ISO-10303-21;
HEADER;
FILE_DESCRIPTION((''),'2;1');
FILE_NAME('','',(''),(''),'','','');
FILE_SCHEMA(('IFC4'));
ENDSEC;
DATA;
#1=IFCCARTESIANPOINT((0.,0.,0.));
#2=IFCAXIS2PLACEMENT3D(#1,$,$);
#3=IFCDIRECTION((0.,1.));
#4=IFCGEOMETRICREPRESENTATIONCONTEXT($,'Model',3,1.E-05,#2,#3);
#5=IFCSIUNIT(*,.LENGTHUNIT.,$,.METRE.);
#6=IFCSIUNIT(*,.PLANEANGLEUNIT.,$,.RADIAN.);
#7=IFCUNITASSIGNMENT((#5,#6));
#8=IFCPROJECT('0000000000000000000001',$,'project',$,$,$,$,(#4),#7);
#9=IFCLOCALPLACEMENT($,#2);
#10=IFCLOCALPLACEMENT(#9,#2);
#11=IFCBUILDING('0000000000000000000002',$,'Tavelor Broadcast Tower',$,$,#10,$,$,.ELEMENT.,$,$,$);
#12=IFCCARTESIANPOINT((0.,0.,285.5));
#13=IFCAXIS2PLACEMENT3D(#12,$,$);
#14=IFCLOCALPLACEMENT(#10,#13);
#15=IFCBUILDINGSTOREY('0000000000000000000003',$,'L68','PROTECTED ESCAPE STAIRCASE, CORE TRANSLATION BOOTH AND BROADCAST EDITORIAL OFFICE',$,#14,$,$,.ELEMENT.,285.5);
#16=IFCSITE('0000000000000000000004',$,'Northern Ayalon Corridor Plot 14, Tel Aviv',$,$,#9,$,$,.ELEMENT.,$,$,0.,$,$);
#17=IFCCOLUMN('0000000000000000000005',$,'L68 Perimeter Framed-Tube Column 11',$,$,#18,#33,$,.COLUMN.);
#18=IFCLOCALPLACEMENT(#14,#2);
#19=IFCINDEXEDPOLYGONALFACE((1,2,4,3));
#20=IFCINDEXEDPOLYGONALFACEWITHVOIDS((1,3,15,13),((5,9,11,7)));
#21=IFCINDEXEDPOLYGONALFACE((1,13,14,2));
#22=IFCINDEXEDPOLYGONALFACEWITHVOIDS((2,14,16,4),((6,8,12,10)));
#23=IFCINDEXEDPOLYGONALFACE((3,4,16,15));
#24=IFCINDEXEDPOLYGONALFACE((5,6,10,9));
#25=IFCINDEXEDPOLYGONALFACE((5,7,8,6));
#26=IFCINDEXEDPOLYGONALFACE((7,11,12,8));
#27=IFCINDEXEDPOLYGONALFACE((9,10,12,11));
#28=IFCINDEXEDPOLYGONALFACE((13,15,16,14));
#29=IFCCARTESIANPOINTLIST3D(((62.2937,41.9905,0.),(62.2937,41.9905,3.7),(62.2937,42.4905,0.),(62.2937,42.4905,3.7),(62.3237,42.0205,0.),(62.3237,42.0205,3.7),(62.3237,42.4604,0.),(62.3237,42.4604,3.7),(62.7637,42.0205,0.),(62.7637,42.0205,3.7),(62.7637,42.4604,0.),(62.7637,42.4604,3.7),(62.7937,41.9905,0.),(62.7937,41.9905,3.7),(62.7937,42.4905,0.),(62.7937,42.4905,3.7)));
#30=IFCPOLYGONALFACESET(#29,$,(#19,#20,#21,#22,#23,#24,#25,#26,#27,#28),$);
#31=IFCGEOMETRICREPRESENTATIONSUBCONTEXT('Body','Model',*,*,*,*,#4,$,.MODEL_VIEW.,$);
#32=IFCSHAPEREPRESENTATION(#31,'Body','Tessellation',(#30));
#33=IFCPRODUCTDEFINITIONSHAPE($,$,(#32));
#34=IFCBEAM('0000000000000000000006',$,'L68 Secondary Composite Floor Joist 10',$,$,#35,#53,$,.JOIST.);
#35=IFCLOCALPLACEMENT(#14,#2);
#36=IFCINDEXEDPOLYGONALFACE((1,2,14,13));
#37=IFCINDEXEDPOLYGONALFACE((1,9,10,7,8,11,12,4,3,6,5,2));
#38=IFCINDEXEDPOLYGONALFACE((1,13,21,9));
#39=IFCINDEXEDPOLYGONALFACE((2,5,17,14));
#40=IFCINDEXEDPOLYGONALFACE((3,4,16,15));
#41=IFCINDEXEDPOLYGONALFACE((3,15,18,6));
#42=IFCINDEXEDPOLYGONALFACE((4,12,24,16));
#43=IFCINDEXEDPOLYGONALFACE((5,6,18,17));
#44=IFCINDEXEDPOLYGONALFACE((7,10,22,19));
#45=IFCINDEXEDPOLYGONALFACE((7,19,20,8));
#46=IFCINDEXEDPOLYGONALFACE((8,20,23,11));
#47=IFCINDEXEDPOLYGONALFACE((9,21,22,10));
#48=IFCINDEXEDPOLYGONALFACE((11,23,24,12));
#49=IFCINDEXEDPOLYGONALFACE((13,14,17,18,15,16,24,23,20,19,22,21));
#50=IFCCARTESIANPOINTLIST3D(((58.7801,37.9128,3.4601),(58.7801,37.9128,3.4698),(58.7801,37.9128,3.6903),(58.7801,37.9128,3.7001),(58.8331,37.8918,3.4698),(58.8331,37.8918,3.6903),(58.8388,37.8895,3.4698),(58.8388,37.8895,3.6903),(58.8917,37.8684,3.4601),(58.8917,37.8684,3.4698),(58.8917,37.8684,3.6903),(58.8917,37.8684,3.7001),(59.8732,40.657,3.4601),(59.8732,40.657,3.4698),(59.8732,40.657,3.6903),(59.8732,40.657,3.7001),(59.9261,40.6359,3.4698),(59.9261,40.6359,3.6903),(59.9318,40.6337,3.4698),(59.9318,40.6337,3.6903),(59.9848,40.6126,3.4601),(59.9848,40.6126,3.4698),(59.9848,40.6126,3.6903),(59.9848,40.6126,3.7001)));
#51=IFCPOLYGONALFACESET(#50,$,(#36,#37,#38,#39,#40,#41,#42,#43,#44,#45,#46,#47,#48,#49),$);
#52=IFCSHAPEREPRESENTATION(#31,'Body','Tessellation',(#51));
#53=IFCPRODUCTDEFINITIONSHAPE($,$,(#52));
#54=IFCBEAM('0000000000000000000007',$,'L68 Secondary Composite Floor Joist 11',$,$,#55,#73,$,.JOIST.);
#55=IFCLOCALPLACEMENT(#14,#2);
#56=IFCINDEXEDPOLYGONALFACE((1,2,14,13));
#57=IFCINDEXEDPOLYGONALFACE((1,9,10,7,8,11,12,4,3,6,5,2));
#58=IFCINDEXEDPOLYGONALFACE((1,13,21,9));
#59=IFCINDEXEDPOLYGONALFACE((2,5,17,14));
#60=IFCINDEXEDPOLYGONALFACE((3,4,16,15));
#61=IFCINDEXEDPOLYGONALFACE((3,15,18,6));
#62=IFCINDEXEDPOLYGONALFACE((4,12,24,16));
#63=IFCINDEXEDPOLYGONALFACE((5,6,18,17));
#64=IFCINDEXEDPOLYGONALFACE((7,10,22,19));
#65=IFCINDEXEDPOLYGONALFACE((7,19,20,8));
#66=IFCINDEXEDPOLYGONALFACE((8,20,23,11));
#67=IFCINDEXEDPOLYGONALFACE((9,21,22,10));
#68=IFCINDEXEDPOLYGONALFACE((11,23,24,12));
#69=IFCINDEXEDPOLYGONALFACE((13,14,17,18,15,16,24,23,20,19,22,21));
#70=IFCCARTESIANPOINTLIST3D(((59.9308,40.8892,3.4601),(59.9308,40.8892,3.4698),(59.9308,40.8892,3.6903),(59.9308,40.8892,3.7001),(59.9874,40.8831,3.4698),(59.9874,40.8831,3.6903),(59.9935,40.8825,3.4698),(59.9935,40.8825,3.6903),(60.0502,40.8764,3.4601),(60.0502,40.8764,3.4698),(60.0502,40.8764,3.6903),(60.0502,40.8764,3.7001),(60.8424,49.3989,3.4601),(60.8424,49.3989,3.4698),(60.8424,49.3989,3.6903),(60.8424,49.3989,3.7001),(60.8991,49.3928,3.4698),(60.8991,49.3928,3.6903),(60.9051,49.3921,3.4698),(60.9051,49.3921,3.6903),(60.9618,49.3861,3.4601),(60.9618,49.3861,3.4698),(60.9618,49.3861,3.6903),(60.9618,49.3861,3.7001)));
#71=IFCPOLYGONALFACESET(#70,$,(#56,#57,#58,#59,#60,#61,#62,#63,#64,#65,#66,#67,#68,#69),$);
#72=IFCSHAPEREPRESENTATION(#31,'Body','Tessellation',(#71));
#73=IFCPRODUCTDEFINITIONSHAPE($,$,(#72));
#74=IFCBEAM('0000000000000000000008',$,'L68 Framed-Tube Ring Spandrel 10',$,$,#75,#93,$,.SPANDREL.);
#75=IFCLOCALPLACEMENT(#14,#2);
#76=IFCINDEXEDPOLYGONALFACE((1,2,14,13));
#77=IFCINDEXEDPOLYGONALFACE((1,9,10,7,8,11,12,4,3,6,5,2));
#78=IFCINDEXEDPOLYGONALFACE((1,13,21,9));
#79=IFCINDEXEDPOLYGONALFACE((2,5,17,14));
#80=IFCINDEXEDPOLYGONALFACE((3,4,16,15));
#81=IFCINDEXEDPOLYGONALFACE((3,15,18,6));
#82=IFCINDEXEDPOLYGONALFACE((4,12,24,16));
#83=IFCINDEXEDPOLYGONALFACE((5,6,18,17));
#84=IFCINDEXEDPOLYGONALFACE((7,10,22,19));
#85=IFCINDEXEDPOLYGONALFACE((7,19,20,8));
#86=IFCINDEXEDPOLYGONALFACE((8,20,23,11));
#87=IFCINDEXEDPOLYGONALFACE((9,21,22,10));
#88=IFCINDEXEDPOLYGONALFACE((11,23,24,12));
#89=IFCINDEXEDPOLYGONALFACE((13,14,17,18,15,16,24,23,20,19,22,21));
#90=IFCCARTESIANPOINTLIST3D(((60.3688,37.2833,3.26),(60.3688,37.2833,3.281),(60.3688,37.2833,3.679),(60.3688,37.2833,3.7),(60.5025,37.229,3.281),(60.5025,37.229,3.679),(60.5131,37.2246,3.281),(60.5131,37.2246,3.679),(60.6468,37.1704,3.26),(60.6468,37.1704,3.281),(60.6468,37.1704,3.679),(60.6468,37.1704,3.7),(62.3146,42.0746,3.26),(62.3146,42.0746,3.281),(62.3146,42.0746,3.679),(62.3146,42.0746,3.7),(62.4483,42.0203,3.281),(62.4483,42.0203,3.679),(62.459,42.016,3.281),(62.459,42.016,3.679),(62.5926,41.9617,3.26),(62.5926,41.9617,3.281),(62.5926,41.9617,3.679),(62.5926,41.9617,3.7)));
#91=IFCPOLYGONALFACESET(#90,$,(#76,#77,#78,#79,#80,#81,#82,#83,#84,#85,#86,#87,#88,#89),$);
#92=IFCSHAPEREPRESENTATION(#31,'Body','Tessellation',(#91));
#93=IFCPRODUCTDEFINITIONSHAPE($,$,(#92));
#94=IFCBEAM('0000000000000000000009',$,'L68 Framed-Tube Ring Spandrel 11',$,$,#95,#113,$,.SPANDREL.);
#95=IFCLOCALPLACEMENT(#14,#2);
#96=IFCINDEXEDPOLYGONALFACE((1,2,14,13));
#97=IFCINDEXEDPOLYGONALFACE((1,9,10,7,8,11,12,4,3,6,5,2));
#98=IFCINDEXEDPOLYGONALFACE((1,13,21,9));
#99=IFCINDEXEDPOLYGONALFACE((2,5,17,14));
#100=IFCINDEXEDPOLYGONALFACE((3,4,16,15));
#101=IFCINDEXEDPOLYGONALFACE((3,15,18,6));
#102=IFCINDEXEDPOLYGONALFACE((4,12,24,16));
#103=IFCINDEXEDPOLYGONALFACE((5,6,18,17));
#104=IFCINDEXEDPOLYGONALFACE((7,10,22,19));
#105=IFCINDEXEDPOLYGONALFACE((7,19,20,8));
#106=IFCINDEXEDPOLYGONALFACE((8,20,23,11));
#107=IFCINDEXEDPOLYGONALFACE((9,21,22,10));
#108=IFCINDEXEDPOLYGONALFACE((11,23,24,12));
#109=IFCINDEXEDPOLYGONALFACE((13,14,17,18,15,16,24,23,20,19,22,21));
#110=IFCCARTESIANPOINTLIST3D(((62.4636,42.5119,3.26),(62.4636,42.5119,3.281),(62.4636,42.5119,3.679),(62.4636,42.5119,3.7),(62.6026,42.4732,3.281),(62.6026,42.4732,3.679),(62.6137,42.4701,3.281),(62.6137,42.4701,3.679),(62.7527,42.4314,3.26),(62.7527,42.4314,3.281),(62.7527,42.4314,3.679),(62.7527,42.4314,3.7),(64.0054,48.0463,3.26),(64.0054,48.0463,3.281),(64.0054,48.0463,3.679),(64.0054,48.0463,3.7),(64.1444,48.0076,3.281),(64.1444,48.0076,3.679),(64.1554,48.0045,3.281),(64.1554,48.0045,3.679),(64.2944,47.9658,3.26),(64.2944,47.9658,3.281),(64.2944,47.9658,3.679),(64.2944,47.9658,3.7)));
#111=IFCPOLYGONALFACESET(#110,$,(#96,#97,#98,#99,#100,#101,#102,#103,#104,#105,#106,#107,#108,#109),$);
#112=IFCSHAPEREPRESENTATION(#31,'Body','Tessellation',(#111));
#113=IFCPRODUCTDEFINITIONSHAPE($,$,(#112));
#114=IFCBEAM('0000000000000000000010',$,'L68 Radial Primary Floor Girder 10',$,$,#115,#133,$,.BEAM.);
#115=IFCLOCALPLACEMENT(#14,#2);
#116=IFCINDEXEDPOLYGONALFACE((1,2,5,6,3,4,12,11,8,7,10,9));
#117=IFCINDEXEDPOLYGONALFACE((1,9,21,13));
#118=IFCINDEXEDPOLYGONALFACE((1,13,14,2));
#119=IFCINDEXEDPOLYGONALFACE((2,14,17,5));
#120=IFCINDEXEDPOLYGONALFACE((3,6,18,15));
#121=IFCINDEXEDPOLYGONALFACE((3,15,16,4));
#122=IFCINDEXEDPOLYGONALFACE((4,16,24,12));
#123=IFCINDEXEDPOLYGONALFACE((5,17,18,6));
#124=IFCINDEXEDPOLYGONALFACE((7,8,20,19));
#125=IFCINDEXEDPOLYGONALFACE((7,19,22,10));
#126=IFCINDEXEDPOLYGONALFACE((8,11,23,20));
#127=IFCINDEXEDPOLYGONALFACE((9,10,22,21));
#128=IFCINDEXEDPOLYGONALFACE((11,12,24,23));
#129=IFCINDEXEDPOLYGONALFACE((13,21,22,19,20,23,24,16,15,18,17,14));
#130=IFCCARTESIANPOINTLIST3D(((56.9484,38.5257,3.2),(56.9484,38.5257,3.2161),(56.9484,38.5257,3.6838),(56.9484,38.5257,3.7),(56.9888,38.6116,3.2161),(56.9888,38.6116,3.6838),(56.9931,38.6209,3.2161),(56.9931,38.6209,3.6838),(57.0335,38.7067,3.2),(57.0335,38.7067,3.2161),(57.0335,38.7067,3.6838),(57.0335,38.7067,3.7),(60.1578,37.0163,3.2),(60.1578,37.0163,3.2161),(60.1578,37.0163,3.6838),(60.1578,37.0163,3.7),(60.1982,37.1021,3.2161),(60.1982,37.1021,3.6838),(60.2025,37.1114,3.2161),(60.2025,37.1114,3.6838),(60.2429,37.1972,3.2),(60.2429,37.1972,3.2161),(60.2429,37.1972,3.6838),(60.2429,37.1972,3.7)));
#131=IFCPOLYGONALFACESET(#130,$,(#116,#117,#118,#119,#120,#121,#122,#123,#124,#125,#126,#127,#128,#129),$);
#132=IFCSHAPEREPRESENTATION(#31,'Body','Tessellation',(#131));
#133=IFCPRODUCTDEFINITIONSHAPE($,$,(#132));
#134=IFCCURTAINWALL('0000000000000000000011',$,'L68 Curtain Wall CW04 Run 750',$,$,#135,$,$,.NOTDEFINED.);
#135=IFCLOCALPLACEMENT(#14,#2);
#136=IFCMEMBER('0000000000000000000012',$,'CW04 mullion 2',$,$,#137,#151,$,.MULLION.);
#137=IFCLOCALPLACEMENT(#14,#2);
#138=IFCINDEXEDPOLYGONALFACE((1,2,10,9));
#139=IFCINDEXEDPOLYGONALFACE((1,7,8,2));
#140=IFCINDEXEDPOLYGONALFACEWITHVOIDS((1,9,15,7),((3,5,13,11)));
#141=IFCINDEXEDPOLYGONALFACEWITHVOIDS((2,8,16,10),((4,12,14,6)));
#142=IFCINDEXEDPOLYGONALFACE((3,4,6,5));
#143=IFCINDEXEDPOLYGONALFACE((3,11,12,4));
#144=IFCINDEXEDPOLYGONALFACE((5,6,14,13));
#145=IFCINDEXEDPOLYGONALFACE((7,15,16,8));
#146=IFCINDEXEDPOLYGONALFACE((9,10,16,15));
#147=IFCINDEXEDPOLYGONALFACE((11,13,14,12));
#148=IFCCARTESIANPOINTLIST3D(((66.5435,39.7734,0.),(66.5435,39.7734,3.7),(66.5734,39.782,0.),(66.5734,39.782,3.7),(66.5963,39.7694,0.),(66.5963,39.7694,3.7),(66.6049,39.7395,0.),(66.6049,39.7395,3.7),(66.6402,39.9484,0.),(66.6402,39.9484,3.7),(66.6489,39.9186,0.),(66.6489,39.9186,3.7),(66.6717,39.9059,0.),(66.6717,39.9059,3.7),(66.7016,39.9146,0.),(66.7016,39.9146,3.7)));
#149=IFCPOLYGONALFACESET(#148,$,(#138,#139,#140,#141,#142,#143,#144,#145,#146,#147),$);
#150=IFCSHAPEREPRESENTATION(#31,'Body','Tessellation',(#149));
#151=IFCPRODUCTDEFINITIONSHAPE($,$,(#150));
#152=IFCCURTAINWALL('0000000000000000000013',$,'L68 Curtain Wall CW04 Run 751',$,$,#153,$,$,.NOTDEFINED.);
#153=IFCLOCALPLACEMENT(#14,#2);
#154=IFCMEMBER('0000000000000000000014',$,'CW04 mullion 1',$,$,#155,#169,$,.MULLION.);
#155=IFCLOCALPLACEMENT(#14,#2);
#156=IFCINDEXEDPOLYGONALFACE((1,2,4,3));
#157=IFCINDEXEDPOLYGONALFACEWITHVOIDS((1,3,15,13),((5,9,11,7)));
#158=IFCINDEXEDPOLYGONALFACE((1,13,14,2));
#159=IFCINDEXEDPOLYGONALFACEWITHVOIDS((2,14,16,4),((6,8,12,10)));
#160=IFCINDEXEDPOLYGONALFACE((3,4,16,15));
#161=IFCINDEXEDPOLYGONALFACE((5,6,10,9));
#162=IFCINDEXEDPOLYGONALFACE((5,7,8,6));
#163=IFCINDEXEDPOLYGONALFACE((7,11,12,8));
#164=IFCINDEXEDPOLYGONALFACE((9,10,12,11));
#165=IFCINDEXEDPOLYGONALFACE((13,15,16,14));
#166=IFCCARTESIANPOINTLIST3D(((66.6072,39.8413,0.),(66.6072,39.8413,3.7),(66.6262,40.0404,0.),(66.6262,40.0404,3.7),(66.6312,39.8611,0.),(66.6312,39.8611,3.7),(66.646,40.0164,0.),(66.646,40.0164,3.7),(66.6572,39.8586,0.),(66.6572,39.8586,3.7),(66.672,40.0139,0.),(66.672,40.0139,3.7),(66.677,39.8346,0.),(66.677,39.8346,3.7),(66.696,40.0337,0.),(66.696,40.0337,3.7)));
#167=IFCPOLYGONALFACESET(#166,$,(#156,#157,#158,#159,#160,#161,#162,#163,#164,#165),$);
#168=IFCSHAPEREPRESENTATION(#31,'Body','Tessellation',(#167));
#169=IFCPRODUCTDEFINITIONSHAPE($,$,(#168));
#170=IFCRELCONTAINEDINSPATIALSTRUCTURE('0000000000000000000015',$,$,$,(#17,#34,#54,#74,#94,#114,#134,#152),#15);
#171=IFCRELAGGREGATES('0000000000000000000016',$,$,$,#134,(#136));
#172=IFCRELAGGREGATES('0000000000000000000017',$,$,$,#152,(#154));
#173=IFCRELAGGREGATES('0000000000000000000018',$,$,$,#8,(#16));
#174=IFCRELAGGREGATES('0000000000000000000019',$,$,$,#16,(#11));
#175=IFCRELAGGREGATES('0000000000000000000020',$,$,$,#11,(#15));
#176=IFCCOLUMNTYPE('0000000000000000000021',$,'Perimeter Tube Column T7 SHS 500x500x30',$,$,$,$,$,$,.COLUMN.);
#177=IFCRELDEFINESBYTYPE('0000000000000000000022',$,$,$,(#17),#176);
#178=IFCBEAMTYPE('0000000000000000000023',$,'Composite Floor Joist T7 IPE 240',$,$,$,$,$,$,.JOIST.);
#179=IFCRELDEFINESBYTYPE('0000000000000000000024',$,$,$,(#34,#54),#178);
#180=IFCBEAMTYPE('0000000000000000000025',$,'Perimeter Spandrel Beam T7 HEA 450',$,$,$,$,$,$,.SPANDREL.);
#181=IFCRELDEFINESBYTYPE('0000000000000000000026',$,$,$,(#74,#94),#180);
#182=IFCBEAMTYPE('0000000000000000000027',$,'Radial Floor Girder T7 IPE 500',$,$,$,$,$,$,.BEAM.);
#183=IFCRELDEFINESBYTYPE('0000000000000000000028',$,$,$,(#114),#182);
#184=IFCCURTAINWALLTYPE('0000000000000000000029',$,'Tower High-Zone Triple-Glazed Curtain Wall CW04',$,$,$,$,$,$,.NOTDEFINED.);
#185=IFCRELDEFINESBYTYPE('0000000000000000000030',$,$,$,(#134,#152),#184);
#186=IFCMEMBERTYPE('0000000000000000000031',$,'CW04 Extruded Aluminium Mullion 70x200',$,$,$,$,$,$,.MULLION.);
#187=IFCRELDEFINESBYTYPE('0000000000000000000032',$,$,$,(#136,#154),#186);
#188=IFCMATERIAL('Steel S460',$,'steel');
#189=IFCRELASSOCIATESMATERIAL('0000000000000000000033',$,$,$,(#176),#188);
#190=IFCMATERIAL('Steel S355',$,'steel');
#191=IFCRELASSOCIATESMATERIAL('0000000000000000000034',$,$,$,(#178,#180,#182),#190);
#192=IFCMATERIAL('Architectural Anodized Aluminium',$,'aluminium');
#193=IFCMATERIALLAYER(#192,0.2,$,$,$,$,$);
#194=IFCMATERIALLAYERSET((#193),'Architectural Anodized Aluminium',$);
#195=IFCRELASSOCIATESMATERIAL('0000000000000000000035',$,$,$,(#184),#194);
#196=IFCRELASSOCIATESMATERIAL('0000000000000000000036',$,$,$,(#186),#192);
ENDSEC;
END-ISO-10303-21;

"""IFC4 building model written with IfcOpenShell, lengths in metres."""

from ifc_helpers import new_model, si_unit, direction, frame, origin, origin_2d, place, context, subcontext, project, spatial, hollow_rectangle, i_section, extrude, source, transform, mapped, material, layer, layer_set, material_profile, profile_set, type_object, type_shapes, element, aggregate, save


model = new_model("IFC4")

# Units and contexts
model_context = context("Model", 3, precision=1e-05, world=origin(), true_north=direction((0.0, 1.0)))
body_context = subcontext(model_context, "Body", "Model", "MODEL_VIEW")
ifc_project = project(units=[si_unit("LENGTHUNIT", "METRE"), si_unit("PLANEANGLEUNIT", "RADIAN")], contexts=[model_context])

# Site, building, storey
site_placement = place(None, origin())
site = spatial("IfcSite", under=ifc_project, at=site_placement, Name="Northern Ayalon Corridor Plot 14, Tel Aviv", CompositionType="ELEMENT", RefElevation=0.0)
building_placement = place(site_placement, origin())
building = spatial("IfcBuilding", under=site, at=building_placement, Name="Tavelor Broadcast Tower", CompositionType="ELEMENT")
storey_placement = place(building_placement, frame((0.0, 0.0, 285.5)))
storey = spatial("IfcBuildingStorey", under=building, at=storey_placement, Name="L68", Description="PROTECTED ESCAPE STAIRCASE, CORE TRANSLATION BOOTH AND BROADCAST EDITORIAL OFFICE", CompositionType="ELEMENT", Elevation=285.5)

# Column
ifc_material_1 = material(Name="Steel S460", Category="steel")
ifc_material_profile_1 = material_profile(ifc_material_1, hollow_rectangle(XDim=0.5, YDim=0.5, WallThickness=0.03, at=origin_2d()), Name="SHS 500x500x30")
ifc_profile_set_1 = profile_set([ifc_material_profile_1], Name="Steel S460")
column_type = type_object("IfcColumnType", Name="Perimeter Tube Column T7 SHS 500x500x30", PredefinedType="COLUMN", material=ifc_profile_set_1)
column_placement = place(storey_placement, frame((62.5437, 42.2405, 0.0), z_axis=(0.0, 0.0, 1.0), x_axis=(1.0, 0.0, 0.0)))
element("IfcColumn", 1, at=column_placement, inside=storey, type_object=column_type, Name="L68 Perimeter Framed-Tube Column 11", PredefinedType="COLUMN", context=body_context, shape_type="SweptSolid", body=[
    extrude(hollow_rectangle(XDim=0.5, YDim=0.5, WallThickness=0.03, at=origin_2d()), origin(), (0.0, 0.0, 1.0), 3.7),
])

# Beams
ifc_material_2 = material(Name="Steel S355", Category="steel")
ifc_material_profile_2 = material_profile(ifc_material_2, i_section(OverallWidth=0.1201, OverallDepth=0.24, WebThickness=0.0061, FlangeThickness=0.0098, at=origin_2d()), Name="IPE 240")
ifc_profile_set_2 = profile_set([ifc_material_profile_2], Name="Steel S355")
beam_type_1 = type_object("IfcBeamType", Name="Composite Floor Joist T7 IPE 240", PredefinedType="JOIST", material=ifc_profile_set_2)
beam_1_placement = place(storey_placement, frame((58.8359, 37.8906, 3.5801), z_axis=(0.370036, 0.929017, 0.0), x_axis=(-0.929017, 0.370036, 0.0)))
element("IfcBeam", 2, at=beam_1_placement, inside=storey, type_object=beam_type_1, Name="L68 Secondary Composite Floor Joist 10", PredefinedType="JOIST", context=body_context, shape_type="SweptSolid", body=[
    extrude(i_section(OverallWidth=0.1201, OverallDepth=0.24, WebThickness=0.0061, FlangeThickness=0.0098, at=origin_2d()), origin(), (0.0, 0.0, 1.0), 2.9539),
])
beam_2_placement = place(storey_placement, frame((59.9905, 40.8828, 3.5801), z_axis=(0.106517, 0.994311, 0.0), x_axis=(-0.994311, 0.106517, 0.0)))
element("IfcBeam", 3, at=beam_2_placement, inside=storey, type_object=beam_type_1, Name="L68 Secondary Composite Floor Joist 11", PredefinedType="JOIST", context=body_context, shape_type="SweptSolid", body=[
    extrude(i_section(OverallWidth=0.1201, OverallDepth=0.24, WebThickness=0.0061, FlangeThickness=0.0098, at=origin_2d()), origin(), (0.0, 0.0, 1.0), 8.5583),
])
ifc_material_profile_3 = material_profile(ifc_material_2, i_section(OverallWidth=0.3, OverallDepth=0.4399, WebThickness=0.0115, FlangeThickness=0.021, at=origin_2d()), Name="HEA 450")
ifc_profile_set_3 = profile_set([ifc_material_profile_3], Name="Steel S355")
beam_type_2 = type_object("IfcBeamType", Name="Perimeter Spandrel Beam T7 HEA 450", PredefinedType="SPANDREL", material=ifc_profile_set_3)
beam_3_placement = place(storey_placement, frame((60.5078, 37.2268, 3.48), z_axis=(0.376269, 0.92651, 0.0), x_axis=(-0.92651, 0.376269, 0.0)))
element("IfcBeam", 4, at=beam_3_placement, inside=storey, type_object=beam_type_2, Name="L68 Framed-Tube Ring Spandrel 10", PredefinedType="SPANDREL", context=body_context, shape_type="SweptSolid", body=[
    extrude(i_section(OverallWidth=0.3, OverallDepth=0.4399, WebThickness=0.0115, FlangeThickness=0.021, at=origin_2d()), origin(), (0.0, 0.0, 1.0), 5.1714),
])
beam_4_placement = place(storey_placement, frame((62.6082, 42.4717, 3.48), z_axis=(0.268356, 0.96332, 0.0), x_axis=(-0.96332, 0.268356, 0.0)))
element("IfcBeam", 5, at=beam_4_placement, inside=storey, type_object=beam_type_2, Name="L68 Framed-Tube Ring Spandrel 11", PredefinedType="SPANDREL", context=body_context, shape_type="SweptSolid", body=[
    extrude(i_section(OverallWidth=0.3, OverallDepth=0.4399, WebThickness=0.0115, FlangeThickness=0.021, at=origin_2d()), origin(), (0.0, 0.0, 1.0), 5.7451),
])
ifc_material_profile_4 = material_profile(ifc_material_2, i_section(OverallWidth=0.2, OverallDepth=0.5, WebThickness=0.0103, FlangeThickness=0.0161, at=origin_2d()), Name="IPE 500")
ifc_profile_set_4 = profile_set([ifc_material_profile_4], Name="Steel S355")
beam_type_3 = type_object("IfcBeamType", Name="Radial Floor Girder T7 IPE 500", PredefinedType="BEAM", material=ifc_profile_set_4)
beam_5_placement = place(storey_placement, frame((56.991, 38.6162, 3.45), z_axis=(0.904908, -0.425608, 0.0), x_axis=(0.425608, 0.904908, 0.0)))
element("IfcBeam", 6, at=beam_5_placement, inside=storey, type_object=beam_type_3, Name="L68 Radial Primary Floor Girder 10", PredefinedType="BEAM", context=body_context, shape_type="SweptSolid", body=[
    extrude(i_section(OverallWidth=0.2, OverallDepth=0.5, WebThickness=0.0103, FlangeThickness=0.0161, at=origin_2d()), origin(), (0.0, 0.0, 1.0), 3.5466),
])

# Curtain wall, member
ifc_material_3 = material(Name="Architectural Anodized Aluminium", Category="aluminium")
ifc_layer_1 = layer(ifc_material_3, 0.2)
ifc_layer_set_1 = layer_set([ifc_layer_1], Name="Architectural Anodized Aluminium")
curtain_wall_type = type_object("IfcCurtainWallType", Name="Tower High-Zone Triple-Glazed Curtain Wall CW04", PredefinedType="NOTDEFINED", material=ifc_layer_set_1)
curtain_wall_1_placement = place(storey_placement, origin())
curtain_wall_1 = element("IfcCurtainWall", 7, at=curtain_wall_1_placement, inside=storey, type_object=curtain_wall_type, Name="L68 Curtain Wall CW04 Run 750", PredefinedType="NOTDEFINED")
ifc_material_profile_5 = material_profile(ifc_material_3, hollow_rectangle(XDim=0.0701, YDim=0.2, WallThickness=0.022, at=origin_2d()), Name="RHS 70x200x22")
ifc_profile_set_5 = profile_set([ifc_material_profile_5], Name="Architectural Anodized Aluminium")
member_type_1 = type_object("IfcMemberType", Name="CW04 Extruded Aluminium Mullion 70x200", PredefinedType="MULLION", material=ifc_profile_set_5)
shared_shape_1 = source(origin(), body_context, "Body", "SweptSolid", [
    extrude(hollow_rectangle(XDim=0.0701, YDim=0.2, WallThickness=0.022, at=origin_2d()), origin(), (0.0, 0.0, 1.0), 3.7),
])
type_shapes(member_type_1, [shared_shape_1])
member_1_placement = place(storey_placement, frame((66.6226, 39.844, 0.0), z_axis=(0.0, 0.0, 1.0), x_axis=(-0.875257, 0.483658, 0.0)))
member_1 = element("IfcMember", 8, at=member_1_placement, type_object=member_type_1, Name="CW04 mullion 2", PredefinedType="MULLION", context=body_context, shape_type="MappedRepresentation", body=[
    mapped(shared_shape_1, transform((0.0, 0.0, 0.0), scale=1.0)),
])
aggregate(curtain_wall_1, [member_1])

# Curtain wall, member
curtain_wall_2_placement = place(storey_placement, origin())
curtain_wall_2 = element("IfcCurtainWall", 9, at=curtain_wall_2_placement, inside=storey, type_object=curtain_wall_type, Name="L68 Curtain Wall CW04 Run 751", PredefinedType="NOTDEFINED")
member_2_placement = place(storey_placement, frame((66.6516, 39.9375, 0.0), z_axis=(0.0, 0.0, 1.0), x_axis=(-0.995477, 0.095003, 0.0)))
member_2 = element("IfcMember", 10, at=member_2_placement, type_object=member_type_1, Name="CW04 mullion 1", PredefinedType="MULLION", context=body_context, shape_type="MappedRepresentation", body=[
    mapped(shared_shape_1, transform((0.0, 0.0, 0.0), scale=1.0)),
])

aggregate(curtain_wall_2, [member_2])

save(model, "model.ifc")
